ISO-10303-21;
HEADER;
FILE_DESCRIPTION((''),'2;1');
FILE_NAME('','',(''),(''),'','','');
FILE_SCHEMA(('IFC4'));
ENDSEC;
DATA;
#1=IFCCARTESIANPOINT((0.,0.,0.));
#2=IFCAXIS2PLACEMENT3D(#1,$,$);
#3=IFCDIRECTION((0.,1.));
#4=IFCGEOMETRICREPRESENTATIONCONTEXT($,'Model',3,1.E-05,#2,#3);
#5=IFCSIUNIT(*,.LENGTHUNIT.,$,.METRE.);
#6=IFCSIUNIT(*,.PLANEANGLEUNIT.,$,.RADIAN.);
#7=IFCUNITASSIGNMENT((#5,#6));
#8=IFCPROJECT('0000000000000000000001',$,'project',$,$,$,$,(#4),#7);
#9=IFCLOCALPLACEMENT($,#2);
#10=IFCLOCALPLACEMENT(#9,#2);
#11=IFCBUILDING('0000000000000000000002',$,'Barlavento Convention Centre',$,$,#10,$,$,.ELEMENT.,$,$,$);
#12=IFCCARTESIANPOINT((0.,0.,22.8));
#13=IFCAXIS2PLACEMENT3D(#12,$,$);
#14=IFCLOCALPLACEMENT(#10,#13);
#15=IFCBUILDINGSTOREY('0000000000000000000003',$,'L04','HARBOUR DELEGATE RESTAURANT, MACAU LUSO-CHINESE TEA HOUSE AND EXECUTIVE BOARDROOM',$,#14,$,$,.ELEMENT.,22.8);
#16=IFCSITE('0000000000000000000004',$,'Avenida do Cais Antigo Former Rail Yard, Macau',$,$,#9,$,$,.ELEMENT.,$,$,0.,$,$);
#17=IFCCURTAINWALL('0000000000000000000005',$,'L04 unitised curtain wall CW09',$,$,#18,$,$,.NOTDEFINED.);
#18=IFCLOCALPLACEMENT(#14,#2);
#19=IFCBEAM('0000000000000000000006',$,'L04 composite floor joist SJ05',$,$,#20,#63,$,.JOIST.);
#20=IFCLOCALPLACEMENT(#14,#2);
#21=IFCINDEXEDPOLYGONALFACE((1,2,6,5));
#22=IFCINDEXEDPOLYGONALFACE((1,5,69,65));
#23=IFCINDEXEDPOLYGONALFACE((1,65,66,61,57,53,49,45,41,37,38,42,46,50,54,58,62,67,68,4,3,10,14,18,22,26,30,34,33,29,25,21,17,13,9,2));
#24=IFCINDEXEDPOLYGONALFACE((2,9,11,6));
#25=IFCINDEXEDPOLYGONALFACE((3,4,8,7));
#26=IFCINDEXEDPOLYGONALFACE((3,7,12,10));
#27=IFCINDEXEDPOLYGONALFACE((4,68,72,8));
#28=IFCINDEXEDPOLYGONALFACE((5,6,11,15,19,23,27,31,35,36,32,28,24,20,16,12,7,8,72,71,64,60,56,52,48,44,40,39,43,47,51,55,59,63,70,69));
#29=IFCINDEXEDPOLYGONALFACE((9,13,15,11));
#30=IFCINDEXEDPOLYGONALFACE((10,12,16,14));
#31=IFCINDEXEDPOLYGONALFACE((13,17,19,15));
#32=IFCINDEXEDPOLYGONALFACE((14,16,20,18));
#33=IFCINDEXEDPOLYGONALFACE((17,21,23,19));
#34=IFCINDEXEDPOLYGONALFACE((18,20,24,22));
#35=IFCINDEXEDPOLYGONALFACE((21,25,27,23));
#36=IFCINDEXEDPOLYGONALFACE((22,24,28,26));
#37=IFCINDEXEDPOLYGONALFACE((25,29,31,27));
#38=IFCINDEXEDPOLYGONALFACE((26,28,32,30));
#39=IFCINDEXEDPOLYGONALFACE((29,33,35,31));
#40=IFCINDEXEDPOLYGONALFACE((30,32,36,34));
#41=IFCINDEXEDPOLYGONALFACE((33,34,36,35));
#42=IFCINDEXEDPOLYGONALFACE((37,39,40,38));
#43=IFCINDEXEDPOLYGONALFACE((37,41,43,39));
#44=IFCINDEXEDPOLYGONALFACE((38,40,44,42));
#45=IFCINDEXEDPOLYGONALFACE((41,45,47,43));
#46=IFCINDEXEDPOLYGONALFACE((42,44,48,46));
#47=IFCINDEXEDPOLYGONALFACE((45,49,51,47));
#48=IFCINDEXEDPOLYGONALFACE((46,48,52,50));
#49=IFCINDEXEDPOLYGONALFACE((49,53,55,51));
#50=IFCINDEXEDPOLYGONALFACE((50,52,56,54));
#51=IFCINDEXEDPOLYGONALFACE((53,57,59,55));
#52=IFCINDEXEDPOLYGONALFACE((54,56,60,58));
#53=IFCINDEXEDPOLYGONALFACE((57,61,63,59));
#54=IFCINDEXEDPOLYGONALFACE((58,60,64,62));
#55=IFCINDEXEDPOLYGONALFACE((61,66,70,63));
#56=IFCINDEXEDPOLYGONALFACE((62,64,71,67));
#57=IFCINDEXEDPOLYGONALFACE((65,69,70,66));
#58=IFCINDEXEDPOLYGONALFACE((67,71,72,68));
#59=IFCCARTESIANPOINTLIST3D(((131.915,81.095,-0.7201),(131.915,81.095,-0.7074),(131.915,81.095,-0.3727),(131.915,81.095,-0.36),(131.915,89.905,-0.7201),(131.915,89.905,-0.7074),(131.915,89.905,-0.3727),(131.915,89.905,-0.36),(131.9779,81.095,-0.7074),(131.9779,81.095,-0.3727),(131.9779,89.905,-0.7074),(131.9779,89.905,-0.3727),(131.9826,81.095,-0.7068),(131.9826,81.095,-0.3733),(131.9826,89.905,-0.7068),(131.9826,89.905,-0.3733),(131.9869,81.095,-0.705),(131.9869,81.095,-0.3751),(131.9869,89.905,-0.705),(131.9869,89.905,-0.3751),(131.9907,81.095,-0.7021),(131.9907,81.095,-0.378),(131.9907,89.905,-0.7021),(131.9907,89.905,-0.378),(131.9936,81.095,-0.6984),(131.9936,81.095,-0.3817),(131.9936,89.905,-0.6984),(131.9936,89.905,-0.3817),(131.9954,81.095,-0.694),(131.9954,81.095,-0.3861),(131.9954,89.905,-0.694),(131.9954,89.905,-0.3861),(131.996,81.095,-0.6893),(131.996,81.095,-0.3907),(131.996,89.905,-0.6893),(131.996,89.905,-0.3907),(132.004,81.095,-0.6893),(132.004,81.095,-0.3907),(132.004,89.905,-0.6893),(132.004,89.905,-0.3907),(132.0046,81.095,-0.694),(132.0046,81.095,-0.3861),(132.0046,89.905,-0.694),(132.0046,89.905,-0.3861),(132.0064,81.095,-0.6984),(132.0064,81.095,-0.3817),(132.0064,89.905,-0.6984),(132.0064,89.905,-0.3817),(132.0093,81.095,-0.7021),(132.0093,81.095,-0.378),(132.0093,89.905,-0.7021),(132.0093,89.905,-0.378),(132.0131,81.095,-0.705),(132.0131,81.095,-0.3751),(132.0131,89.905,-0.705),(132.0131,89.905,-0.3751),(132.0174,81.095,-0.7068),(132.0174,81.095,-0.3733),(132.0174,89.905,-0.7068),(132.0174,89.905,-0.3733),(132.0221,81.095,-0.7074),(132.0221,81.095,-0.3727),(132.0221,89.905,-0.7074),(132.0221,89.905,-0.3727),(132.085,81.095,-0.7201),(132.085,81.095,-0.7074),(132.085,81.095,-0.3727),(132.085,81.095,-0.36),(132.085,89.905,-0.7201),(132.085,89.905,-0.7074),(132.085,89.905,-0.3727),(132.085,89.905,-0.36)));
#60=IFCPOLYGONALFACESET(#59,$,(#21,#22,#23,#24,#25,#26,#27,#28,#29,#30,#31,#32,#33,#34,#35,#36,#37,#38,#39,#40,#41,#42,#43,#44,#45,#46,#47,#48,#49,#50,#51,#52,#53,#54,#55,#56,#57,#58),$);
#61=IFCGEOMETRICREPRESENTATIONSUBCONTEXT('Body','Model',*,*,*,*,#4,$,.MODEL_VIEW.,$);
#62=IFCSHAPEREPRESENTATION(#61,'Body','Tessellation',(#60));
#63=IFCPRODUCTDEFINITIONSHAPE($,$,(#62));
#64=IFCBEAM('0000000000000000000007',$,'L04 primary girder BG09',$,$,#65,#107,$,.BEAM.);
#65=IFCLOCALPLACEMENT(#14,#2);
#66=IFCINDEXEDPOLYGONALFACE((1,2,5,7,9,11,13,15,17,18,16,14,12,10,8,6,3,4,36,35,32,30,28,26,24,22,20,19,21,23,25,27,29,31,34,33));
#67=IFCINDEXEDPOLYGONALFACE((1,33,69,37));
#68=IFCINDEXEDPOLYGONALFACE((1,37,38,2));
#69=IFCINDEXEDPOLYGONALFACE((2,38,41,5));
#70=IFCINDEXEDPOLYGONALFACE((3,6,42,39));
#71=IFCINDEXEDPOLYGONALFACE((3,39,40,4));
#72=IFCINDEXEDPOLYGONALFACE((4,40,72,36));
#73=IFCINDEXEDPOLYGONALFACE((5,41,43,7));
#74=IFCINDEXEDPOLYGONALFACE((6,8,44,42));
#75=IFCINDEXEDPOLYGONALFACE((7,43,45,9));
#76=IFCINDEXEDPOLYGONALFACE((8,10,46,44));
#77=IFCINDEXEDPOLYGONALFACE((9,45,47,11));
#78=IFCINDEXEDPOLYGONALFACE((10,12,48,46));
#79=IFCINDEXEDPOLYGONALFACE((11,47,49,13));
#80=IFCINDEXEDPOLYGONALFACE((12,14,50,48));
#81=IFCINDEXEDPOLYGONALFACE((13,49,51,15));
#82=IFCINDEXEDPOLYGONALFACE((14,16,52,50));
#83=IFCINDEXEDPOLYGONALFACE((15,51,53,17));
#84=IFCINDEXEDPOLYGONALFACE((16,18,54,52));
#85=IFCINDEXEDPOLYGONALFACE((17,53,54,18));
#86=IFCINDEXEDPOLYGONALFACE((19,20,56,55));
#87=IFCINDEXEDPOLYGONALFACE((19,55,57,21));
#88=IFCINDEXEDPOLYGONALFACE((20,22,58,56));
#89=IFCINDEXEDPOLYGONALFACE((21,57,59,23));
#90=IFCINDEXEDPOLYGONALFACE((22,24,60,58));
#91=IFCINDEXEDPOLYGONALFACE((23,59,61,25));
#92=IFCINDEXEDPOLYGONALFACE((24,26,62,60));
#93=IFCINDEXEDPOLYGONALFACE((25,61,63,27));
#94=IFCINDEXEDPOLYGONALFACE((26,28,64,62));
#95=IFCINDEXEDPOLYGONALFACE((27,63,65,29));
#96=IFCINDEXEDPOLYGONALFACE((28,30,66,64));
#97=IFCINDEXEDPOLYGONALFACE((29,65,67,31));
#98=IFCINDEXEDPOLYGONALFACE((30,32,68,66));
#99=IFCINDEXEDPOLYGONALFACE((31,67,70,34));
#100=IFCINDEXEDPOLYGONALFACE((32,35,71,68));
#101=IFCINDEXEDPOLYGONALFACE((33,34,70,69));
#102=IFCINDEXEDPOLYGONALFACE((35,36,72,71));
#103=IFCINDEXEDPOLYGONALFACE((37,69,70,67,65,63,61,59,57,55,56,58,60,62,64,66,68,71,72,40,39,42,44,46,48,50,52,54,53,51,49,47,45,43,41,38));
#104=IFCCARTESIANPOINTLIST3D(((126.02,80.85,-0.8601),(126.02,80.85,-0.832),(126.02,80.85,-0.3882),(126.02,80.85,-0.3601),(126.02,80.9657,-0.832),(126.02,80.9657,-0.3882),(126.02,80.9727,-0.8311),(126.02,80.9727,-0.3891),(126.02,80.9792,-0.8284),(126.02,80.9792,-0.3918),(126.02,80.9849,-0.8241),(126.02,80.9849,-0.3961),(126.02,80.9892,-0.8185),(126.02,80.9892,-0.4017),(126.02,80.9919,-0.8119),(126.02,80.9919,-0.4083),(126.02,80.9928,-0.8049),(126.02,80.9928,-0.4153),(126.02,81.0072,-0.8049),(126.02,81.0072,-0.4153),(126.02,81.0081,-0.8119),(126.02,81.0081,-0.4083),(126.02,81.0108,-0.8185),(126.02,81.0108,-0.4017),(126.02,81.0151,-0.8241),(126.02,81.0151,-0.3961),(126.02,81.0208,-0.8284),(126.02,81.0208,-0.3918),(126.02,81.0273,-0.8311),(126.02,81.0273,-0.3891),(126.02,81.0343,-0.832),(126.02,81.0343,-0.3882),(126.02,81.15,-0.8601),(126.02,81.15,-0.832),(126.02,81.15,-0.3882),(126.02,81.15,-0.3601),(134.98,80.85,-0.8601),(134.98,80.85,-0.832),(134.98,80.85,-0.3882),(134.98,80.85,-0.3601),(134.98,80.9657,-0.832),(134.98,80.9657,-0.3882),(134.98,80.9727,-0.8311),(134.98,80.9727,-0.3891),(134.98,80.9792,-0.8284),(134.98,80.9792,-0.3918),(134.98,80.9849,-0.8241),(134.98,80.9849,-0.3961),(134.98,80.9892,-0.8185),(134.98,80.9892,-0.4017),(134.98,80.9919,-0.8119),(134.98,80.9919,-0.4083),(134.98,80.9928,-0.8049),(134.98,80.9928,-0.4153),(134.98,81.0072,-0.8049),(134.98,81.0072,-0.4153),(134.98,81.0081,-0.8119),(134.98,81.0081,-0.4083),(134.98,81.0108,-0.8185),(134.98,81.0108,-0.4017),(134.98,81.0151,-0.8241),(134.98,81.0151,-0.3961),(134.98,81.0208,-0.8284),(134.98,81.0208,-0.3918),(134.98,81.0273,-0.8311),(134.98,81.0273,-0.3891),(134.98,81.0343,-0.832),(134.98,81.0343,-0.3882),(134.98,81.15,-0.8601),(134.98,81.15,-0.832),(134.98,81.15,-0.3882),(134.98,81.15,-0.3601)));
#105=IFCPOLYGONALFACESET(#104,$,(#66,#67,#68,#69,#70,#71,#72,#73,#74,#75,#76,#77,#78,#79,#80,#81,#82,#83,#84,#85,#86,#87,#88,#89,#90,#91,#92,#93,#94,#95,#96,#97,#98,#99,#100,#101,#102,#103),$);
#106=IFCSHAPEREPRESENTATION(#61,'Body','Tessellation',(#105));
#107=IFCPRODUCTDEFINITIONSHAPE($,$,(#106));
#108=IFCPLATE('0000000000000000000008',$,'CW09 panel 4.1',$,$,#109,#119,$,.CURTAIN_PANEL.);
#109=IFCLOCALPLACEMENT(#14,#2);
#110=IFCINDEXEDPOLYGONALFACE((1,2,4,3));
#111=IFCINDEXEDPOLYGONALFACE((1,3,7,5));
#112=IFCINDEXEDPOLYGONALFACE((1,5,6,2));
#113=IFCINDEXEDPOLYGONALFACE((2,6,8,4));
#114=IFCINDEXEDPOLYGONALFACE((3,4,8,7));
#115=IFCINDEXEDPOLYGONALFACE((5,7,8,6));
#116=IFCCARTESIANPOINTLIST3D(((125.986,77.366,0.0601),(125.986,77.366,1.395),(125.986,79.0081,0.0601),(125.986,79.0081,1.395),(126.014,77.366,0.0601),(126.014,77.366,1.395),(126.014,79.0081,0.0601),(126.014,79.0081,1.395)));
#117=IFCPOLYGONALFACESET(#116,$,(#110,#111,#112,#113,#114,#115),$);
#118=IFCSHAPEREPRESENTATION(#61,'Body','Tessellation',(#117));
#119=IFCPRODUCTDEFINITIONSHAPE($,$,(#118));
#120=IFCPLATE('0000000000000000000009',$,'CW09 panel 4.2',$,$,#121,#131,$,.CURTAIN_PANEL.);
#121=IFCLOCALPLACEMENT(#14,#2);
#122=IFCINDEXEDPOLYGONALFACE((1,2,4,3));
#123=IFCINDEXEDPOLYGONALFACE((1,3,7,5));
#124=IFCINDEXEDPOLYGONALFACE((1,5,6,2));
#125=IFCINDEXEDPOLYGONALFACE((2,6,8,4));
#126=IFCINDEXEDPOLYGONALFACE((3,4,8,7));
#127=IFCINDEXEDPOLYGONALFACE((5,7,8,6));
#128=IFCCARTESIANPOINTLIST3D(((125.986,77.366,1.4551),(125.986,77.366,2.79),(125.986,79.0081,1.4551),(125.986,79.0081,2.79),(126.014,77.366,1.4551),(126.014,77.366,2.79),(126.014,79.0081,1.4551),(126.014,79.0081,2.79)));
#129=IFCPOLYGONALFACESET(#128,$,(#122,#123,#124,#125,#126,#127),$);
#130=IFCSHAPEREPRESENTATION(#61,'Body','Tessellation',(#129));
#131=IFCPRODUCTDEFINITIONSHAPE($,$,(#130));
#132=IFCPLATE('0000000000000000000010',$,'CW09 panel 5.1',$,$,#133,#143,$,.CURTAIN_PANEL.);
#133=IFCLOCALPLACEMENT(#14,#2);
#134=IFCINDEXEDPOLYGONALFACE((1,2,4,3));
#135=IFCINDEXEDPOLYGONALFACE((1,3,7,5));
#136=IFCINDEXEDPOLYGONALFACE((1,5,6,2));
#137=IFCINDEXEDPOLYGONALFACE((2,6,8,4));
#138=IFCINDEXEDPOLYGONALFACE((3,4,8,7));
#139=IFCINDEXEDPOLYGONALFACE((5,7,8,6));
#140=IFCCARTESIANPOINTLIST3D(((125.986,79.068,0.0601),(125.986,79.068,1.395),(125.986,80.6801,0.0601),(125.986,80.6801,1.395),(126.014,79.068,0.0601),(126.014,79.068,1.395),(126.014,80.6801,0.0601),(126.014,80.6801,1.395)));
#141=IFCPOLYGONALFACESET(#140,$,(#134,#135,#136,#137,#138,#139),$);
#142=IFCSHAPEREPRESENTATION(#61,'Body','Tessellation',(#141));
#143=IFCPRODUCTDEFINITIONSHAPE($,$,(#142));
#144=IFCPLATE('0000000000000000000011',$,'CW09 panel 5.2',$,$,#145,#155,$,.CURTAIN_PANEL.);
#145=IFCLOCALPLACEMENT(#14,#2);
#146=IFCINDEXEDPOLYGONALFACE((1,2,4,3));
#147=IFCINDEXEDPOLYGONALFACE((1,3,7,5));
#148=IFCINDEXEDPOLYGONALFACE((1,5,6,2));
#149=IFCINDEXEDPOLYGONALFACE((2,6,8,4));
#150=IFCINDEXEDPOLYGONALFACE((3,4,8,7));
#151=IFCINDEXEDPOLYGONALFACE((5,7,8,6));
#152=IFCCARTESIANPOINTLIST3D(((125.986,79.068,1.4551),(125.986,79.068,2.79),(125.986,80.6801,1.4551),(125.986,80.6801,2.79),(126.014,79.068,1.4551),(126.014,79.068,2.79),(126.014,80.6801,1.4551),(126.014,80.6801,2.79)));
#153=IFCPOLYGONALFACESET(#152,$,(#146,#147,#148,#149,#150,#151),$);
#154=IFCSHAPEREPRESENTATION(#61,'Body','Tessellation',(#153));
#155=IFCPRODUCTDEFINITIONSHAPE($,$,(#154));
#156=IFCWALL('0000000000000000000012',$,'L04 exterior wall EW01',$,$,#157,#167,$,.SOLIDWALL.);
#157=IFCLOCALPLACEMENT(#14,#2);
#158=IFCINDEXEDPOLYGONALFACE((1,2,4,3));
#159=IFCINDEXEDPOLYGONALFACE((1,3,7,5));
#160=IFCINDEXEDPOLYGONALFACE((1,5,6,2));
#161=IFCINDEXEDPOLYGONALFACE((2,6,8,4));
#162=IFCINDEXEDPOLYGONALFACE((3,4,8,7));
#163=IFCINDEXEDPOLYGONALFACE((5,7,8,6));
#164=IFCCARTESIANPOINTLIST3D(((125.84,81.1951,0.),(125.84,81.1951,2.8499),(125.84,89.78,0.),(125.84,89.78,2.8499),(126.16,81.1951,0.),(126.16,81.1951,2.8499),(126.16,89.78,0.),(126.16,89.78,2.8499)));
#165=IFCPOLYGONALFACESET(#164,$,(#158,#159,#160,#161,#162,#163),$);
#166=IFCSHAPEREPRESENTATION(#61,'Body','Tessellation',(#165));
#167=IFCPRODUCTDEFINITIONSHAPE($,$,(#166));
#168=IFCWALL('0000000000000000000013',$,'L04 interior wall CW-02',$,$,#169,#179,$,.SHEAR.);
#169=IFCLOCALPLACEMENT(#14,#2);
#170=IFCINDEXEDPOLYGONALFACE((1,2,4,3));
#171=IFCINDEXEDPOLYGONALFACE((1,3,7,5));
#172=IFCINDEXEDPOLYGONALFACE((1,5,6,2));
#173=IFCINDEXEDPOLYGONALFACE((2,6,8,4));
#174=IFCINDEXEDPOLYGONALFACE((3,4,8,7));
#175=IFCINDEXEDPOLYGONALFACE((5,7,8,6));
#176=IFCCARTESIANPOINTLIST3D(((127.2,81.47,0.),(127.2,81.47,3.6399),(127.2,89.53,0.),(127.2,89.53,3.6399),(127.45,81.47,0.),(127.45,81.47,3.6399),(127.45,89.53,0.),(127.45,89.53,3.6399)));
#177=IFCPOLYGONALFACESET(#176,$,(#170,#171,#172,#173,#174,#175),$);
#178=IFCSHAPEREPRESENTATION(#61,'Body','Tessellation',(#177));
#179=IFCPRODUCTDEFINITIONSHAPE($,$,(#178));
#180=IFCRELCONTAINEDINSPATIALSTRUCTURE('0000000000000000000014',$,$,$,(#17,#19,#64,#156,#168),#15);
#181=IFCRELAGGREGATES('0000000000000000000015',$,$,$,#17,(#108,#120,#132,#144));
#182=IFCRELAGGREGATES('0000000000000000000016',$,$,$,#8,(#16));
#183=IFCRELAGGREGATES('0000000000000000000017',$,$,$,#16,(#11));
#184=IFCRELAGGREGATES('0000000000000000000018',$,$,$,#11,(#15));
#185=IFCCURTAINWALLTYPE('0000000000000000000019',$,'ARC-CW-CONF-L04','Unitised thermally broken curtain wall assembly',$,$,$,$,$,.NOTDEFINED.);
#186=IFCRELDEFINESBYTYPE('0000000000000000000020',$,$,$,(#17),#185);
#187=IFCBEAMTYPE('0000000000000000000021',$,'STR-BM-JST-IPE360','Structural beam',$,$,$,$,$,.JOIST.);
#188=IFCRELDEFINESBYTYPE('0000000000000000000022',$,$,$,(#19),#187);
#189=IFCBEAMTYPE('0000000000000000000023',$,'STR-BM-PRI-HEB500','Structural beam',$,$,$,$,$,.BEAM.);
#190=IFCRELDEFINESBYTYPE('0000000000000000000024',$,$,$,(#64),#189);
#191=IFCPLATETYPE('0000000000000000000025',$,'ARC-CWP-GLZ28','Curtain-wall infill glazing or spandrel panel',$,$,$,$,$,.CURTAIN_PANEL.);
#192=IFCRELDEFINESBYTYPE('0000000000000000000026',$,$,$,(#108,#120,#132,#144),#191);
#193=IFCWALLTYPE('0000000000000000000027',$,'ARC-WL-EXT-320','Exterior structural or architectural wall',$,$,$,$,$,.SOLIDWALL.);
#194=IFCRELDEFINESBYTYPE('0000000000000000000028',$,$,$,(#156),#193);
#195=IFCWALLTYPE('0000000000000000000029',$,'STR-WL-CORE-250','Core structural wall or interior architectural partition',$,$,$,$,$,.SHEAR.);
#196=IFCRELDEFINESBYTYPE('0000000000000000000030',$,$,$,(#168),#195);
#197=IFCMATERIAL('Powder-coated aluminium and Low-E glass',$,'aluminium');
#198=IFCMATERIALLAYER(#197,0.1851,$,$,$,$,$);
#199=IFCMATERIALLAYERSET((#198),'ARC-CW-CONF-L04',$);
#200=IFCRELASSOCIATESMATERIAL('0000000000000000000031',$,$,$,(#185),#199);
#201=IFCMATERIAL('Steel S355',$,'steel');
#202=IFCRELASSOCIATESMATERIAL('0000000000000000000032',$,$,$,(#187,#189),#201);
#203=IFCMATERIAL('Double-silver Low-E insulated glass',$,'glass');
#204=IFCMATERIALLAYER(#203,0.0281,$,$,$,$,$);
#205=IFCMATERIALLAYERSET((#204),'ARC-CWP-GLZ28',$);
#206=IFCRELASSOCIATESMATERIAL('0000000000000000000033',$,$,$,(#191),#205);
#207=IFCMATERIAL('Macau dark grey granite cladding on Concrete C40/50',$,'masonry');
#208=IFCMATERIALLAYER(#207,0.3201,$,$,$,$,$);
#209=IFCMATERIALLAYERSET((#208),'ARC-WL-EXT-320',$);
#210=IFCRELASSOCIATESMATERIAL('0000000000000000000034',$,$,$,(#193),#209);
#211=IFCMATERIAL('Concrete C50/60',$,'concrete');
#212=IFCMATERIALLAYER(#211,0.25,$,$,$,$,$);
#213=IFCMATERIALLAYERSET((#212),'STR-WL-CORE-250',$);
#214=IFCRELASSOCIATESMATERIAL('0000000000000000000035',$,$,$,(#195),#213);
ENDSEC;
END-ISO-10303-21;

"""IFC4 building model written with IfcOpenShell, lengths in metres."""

from ifc_helpers import new_model, si_unit, direction, frame, frame_2d, origin, origin_2d, place, context, subcontext, project, spatial, rectangle, i_section, extrude, material, layer, layer_set, material_profile, profile_set, type_object, element, aggregate, save


model = new_model("IFC4")

# Units and contexts
model_context = context("Model", 3, precision=1e-05, world=origin(), true_north=direction((0.0, 1.0)))
body_context = subcontext(model_context, "Body", "Model", "MODEL_VIEW")
ifc_project = project(units=[si_unit("LENGTHUNIT", "METRE"), si_unit("PLANEANGLEUNIT", "RADIAN")], contexts=[model_context])

# Site, building, storey
site_placement = place(None, origin())
site = spatial("IfcSite", under=ifc_project, at=site_placement, Name="Avenida do Cais Antigo Former Rail Yard, Macau", CompositionType="ELEMENT", RefElevation=0.0)
building_placement = place(site_placement, origin())
building = spatial("IfcBuilding", under=site, at=building_placement, Name="Barlavento Convention Centre", CompositionType="ELEMENT")
storey_placement = place(building_placement, frame((0.0, 0.0, 22.8)))
storey = spatial("IfcBuildingStorey", under=building, at=storey_placement, Name="L04", Description="HARBOUR DELEGATE RESTAURANT, MACAU LUSO-CHINESE TEA HOUSE AND EXECUTIVE BOARDROOM", CompositionType="ELEMENT", Elevation=22.8)

# Shared definitions
ifc_material_1 = material(Name="Powder-coated aluminium and Low-E glass", Category="aluminium")

# Curtain wall
ifc_layer_1 = layer(ifc_material_1, 0.1851)
ifc_layer_set_1 = layer_set([ifc_layer_1], Name="ARC-CW-CONF-L04")
curtain_wall_type_1 = type_object("IfcCurtainWallType", Name="ARC-CW-CONF-L04", Description="Unitised thermally broken curtain wall assembly", PredefinedType="NOTDEFINED", material=ifc_layer_set_1)
curtain_wall_1_placement = place(storey_placement, origin())
curtain_wall_1 = element("IfcCurtainWall", 1, at=curtain_wall_1_placement, inside=storey, type_object=curtain_wall_type_1, Name="L04 unitised curtain wall CW09", PredefinedType="NOTDEFINED")

# Beams
ifc_material_2 = material(Name="Steel S355", Category="steel")
ifc_material_profile_1 = material_profile(ifc_material_2, i_section(OverallWidth=0.1699, OverallDepth=0.3601, WebThickness=0.0081, FlangeThickness=0.0127, FilletRadius=0.0181, at=origin_2d()), Name="IPE 360")
ifc_profile_set_1 = profile_set([ifc_material_profile_1], Name="Steel S355")
beam_type_1 = type_object("IfcBeamType", Name="STR-BM-JST-IPE360", Description="Structural beam", PredefinedType="JOIST", material=ifc_profile_set_1)
beam_1_placement = place(storey_placement, frame((132.0, 81.095, -0.54), z_axis=(0.0, 1.0, 0.0), x_axis=(-1.0, 0.0, 0.0)))
element("IfcBeam", 2, at=beam_1_placement, inside=storey, type_object=beam_type_1, Name="L04 composite floor joist SJ05", PredefinedType="JOIST", context=body_context, shape_type="SweptSolid", body=[
    extrude(i_section(OverallWidth=0.1699, OverallDepth=0.3601, WebThickness=0.0081, FlangeThickness=0.0127, FilletRadius=0.0181, at=origin_2d()), origin(), (0.0, 0.0, 1.0), 8.8101),
])
ifc_material_profile_2 = material_profile(ifc_material_2, i_section(OverallWidth=0.3, OverallDepth=0.5, WebThickness=0.0144, FlangeThickness=0.0281, FilletRadius=0.0271, at=origin_2d()), Name="HEB 500")
ifc_profile_set_2 = profile_set([ifc_material_profile_2], Name="Steel S355")
beam_type_2 = type_object("IfcBeamType", Name="STR-BM-PRI-HEB500", Description="Structural beam", PredefinedType="BEAM", material=ifc_profile_set_2)
beam_2_placement = place(storey_placement, frame((126.02, 81.0, -0.6101), z_axis=(1.0, 0.0, 0.0), x_axis=(0.0, 1.0, 0.0)))
element("IfcBeam", 3, at=beam_2_placement, inside=storey, type_object=beam_type_2, Name="L04 primary girder BG09", PredefinedType="BEAM", context=body_context, shape_type="SweptSolid", body=[
    extrude(i_section(OverallWidth=0.3, OverallDepth=0.5, WebThickness=0.0144, FlangeThickness=0.0281, FilletRadius=0.0271, at=origin_2d()), origin(), (0.0, 0.0, 1.0), 8.96),
])

# Plates
ifc_material_3 = material(Name="Double-silver Low-E insulated glass", Category="glass")
ifc_layer_2 = layer(ifc_material_3, 0.0281)
ifc_layer_set_2 = layer_set([ifc_layer_2], Name="ARC-CWP-GLZ28")
plate_type = type_object("IfcPlateType", Name="ARC-CWP-GLZ28", Description="Curtain-wall infill glazing or spandrel panel", PredefinedType="CURTAIN_PANEL", material=ifc_layer_set_2)
plate_1_placement = place(storey_placement, frame((126.0, 78.187, 0.0601), z_axis=(0.0, 0.0, 1.0), x_axis=(0.0, 1.0, 0.0)))
plate_1 = element("IfcPlate", 4, at=plate_1_placement, type_object=plate_type, Name="CW09 panel 4.1", PredefinedType="CURTAIN_PANEL", context=body_context, shape_type="SweptSolid", body=[
    extrude(rectangle(XDim=1.6421, YDim=0.0281, at=origin_2d()), origin(), (0.0, 0.0, 1.0), 1.335),
])
plate_2_placement = place(storey_placement, frame((126.0, 78.187, 1.4551), z_axis=(0.0, 0.0, 1.0), x_axis=(0.0, 1.0, 0.0)))
plate_2 = element("IfcPlate", 5, at=plate_2_placement, type_object=plate_type, Name="CW09 panel 4.2", PredefinedType="CURTAIN_PANEL", context=body_context, shape_type="SweptSolid", body=[
    extrude(rectangle(XDim=1.6421, YDim=0.0281, at=origin_2d()), origin(), (0.0, 0.0, 1.0), 1.335),
])
plate_3_placement = place(storey_placement, frame((126.0, 79.874, 0.0601), z_axis=(0.0, 0.0, 1.0), x_axis=(0.0, 1.0, 0.0)))
plate_3 = element("IfcPlate", 6, at=plate_3_placement, type_object=plate_type, Name="CW09 panel 5.1", PredefinedType="CURTAIN_PANEL", context=body_context, shape_type="SweptSolid", body=[
    extrude(rectangle(XDim=1.6121, YDim=0.0281, at=origin_2d()), origin(), (0.0, 0.0, 1.0), 1.335),
])
plate_4_placement = place(storey_placement, frame((126.0, 79.874, 1.4551), z_axis=(0.0, 0.0, 1.0), x_axis=(0.0, 1.0, 0.0)))
plate_4 = element("IfcPlate", 7, at=plate_4_placement, type_object=plate_type, Name="CW09 panel 5.2", PredefinedType="CURTAIN_PANEL", context=body_context, shape_type="SweptSolid", body=[
    extrude(rectangle(XDim=1.6121, YDim=0.0281, at=origin_2d()), origin(), (0.0, 0.0, 1.0), 1.335),
])
aggregate(curtain_wall_1, [plate_1, plate_2, plate_3, plate_4])

# Walls
ifc_material_4 = material(Name="Macau dark grey granite cladding on Concrete C40/50", Category="masonry")
ifc_layer_3 = layer(ifc_material_4, 0.3201)
ifc_layer_set_3 = layer_set([ifc_layer_3], Name="ARC-WL-EXT-320")
wall_type_1 = type_object("IfcWallType", Name="ARC-WL-EXT-320", Description="Exterior structural or architectural wall", PredefinedType="SOLIDWALL", material=ifc_layer_set_3)
wall_1_placement = place(storey_placement, frame((126.0, 81.1951, 0.0), z_axis=(0.0, 0.0, 1.0), x_axis=(0.0, 1.0, 0.0)))
element("IfcWall", 8, at=wall_1_placement, inside=storey, type_object=wall_type_1, Name="L04 exterior wall EW01", PredefinedType="SOLIDWALL", context=body_context, shape_type="SweptSolid", body=[
    extrude(rectangle(XDim=8.585, YDim=0.3201, at=frame_2d((4.2925, 0.0))), origin(), (0.0, 0.0, 1.0), 2.8499),
])
ifc_material_5 = material(Name="Concrete C50/60", Category="concrete")
ifc_layer_4 = layer(ifc_material_5, 0.25)
ifc_layer_set_4 = layer_set([ifc_layer_4], Name="STR-WL-CORE-250")
wall_type_2 = type_object("IfcWallType", Name="STR-WL-CORE-250", Description="Core structural wall or interior architectural partition", PredefinedType="SHEAR", material=ifc_layer_set_4)
wall_2_placement = place(storey_placement, frame((127.325, 81.47, 0.0), z_axis=(0.0, 0.0, 1.0), x_axis=(0.0, 1.0, 0.0)))
element("IfcWall", 9, at=wall_2_placement, inside=storey, type_object=wall_type_2, Name="L04 interior wall CW-02", PredefinedType="SHEAR", context=body_context, shape_type="SweptSolid", body=[
    extrude(rectangle(XDim=8.0601, YDim=0.25, at=frame_2d((4.03, 0.0))), origin(), (0.0, 0.0, 1.0), 3.6399),
])

save(model, "model.ifc")
